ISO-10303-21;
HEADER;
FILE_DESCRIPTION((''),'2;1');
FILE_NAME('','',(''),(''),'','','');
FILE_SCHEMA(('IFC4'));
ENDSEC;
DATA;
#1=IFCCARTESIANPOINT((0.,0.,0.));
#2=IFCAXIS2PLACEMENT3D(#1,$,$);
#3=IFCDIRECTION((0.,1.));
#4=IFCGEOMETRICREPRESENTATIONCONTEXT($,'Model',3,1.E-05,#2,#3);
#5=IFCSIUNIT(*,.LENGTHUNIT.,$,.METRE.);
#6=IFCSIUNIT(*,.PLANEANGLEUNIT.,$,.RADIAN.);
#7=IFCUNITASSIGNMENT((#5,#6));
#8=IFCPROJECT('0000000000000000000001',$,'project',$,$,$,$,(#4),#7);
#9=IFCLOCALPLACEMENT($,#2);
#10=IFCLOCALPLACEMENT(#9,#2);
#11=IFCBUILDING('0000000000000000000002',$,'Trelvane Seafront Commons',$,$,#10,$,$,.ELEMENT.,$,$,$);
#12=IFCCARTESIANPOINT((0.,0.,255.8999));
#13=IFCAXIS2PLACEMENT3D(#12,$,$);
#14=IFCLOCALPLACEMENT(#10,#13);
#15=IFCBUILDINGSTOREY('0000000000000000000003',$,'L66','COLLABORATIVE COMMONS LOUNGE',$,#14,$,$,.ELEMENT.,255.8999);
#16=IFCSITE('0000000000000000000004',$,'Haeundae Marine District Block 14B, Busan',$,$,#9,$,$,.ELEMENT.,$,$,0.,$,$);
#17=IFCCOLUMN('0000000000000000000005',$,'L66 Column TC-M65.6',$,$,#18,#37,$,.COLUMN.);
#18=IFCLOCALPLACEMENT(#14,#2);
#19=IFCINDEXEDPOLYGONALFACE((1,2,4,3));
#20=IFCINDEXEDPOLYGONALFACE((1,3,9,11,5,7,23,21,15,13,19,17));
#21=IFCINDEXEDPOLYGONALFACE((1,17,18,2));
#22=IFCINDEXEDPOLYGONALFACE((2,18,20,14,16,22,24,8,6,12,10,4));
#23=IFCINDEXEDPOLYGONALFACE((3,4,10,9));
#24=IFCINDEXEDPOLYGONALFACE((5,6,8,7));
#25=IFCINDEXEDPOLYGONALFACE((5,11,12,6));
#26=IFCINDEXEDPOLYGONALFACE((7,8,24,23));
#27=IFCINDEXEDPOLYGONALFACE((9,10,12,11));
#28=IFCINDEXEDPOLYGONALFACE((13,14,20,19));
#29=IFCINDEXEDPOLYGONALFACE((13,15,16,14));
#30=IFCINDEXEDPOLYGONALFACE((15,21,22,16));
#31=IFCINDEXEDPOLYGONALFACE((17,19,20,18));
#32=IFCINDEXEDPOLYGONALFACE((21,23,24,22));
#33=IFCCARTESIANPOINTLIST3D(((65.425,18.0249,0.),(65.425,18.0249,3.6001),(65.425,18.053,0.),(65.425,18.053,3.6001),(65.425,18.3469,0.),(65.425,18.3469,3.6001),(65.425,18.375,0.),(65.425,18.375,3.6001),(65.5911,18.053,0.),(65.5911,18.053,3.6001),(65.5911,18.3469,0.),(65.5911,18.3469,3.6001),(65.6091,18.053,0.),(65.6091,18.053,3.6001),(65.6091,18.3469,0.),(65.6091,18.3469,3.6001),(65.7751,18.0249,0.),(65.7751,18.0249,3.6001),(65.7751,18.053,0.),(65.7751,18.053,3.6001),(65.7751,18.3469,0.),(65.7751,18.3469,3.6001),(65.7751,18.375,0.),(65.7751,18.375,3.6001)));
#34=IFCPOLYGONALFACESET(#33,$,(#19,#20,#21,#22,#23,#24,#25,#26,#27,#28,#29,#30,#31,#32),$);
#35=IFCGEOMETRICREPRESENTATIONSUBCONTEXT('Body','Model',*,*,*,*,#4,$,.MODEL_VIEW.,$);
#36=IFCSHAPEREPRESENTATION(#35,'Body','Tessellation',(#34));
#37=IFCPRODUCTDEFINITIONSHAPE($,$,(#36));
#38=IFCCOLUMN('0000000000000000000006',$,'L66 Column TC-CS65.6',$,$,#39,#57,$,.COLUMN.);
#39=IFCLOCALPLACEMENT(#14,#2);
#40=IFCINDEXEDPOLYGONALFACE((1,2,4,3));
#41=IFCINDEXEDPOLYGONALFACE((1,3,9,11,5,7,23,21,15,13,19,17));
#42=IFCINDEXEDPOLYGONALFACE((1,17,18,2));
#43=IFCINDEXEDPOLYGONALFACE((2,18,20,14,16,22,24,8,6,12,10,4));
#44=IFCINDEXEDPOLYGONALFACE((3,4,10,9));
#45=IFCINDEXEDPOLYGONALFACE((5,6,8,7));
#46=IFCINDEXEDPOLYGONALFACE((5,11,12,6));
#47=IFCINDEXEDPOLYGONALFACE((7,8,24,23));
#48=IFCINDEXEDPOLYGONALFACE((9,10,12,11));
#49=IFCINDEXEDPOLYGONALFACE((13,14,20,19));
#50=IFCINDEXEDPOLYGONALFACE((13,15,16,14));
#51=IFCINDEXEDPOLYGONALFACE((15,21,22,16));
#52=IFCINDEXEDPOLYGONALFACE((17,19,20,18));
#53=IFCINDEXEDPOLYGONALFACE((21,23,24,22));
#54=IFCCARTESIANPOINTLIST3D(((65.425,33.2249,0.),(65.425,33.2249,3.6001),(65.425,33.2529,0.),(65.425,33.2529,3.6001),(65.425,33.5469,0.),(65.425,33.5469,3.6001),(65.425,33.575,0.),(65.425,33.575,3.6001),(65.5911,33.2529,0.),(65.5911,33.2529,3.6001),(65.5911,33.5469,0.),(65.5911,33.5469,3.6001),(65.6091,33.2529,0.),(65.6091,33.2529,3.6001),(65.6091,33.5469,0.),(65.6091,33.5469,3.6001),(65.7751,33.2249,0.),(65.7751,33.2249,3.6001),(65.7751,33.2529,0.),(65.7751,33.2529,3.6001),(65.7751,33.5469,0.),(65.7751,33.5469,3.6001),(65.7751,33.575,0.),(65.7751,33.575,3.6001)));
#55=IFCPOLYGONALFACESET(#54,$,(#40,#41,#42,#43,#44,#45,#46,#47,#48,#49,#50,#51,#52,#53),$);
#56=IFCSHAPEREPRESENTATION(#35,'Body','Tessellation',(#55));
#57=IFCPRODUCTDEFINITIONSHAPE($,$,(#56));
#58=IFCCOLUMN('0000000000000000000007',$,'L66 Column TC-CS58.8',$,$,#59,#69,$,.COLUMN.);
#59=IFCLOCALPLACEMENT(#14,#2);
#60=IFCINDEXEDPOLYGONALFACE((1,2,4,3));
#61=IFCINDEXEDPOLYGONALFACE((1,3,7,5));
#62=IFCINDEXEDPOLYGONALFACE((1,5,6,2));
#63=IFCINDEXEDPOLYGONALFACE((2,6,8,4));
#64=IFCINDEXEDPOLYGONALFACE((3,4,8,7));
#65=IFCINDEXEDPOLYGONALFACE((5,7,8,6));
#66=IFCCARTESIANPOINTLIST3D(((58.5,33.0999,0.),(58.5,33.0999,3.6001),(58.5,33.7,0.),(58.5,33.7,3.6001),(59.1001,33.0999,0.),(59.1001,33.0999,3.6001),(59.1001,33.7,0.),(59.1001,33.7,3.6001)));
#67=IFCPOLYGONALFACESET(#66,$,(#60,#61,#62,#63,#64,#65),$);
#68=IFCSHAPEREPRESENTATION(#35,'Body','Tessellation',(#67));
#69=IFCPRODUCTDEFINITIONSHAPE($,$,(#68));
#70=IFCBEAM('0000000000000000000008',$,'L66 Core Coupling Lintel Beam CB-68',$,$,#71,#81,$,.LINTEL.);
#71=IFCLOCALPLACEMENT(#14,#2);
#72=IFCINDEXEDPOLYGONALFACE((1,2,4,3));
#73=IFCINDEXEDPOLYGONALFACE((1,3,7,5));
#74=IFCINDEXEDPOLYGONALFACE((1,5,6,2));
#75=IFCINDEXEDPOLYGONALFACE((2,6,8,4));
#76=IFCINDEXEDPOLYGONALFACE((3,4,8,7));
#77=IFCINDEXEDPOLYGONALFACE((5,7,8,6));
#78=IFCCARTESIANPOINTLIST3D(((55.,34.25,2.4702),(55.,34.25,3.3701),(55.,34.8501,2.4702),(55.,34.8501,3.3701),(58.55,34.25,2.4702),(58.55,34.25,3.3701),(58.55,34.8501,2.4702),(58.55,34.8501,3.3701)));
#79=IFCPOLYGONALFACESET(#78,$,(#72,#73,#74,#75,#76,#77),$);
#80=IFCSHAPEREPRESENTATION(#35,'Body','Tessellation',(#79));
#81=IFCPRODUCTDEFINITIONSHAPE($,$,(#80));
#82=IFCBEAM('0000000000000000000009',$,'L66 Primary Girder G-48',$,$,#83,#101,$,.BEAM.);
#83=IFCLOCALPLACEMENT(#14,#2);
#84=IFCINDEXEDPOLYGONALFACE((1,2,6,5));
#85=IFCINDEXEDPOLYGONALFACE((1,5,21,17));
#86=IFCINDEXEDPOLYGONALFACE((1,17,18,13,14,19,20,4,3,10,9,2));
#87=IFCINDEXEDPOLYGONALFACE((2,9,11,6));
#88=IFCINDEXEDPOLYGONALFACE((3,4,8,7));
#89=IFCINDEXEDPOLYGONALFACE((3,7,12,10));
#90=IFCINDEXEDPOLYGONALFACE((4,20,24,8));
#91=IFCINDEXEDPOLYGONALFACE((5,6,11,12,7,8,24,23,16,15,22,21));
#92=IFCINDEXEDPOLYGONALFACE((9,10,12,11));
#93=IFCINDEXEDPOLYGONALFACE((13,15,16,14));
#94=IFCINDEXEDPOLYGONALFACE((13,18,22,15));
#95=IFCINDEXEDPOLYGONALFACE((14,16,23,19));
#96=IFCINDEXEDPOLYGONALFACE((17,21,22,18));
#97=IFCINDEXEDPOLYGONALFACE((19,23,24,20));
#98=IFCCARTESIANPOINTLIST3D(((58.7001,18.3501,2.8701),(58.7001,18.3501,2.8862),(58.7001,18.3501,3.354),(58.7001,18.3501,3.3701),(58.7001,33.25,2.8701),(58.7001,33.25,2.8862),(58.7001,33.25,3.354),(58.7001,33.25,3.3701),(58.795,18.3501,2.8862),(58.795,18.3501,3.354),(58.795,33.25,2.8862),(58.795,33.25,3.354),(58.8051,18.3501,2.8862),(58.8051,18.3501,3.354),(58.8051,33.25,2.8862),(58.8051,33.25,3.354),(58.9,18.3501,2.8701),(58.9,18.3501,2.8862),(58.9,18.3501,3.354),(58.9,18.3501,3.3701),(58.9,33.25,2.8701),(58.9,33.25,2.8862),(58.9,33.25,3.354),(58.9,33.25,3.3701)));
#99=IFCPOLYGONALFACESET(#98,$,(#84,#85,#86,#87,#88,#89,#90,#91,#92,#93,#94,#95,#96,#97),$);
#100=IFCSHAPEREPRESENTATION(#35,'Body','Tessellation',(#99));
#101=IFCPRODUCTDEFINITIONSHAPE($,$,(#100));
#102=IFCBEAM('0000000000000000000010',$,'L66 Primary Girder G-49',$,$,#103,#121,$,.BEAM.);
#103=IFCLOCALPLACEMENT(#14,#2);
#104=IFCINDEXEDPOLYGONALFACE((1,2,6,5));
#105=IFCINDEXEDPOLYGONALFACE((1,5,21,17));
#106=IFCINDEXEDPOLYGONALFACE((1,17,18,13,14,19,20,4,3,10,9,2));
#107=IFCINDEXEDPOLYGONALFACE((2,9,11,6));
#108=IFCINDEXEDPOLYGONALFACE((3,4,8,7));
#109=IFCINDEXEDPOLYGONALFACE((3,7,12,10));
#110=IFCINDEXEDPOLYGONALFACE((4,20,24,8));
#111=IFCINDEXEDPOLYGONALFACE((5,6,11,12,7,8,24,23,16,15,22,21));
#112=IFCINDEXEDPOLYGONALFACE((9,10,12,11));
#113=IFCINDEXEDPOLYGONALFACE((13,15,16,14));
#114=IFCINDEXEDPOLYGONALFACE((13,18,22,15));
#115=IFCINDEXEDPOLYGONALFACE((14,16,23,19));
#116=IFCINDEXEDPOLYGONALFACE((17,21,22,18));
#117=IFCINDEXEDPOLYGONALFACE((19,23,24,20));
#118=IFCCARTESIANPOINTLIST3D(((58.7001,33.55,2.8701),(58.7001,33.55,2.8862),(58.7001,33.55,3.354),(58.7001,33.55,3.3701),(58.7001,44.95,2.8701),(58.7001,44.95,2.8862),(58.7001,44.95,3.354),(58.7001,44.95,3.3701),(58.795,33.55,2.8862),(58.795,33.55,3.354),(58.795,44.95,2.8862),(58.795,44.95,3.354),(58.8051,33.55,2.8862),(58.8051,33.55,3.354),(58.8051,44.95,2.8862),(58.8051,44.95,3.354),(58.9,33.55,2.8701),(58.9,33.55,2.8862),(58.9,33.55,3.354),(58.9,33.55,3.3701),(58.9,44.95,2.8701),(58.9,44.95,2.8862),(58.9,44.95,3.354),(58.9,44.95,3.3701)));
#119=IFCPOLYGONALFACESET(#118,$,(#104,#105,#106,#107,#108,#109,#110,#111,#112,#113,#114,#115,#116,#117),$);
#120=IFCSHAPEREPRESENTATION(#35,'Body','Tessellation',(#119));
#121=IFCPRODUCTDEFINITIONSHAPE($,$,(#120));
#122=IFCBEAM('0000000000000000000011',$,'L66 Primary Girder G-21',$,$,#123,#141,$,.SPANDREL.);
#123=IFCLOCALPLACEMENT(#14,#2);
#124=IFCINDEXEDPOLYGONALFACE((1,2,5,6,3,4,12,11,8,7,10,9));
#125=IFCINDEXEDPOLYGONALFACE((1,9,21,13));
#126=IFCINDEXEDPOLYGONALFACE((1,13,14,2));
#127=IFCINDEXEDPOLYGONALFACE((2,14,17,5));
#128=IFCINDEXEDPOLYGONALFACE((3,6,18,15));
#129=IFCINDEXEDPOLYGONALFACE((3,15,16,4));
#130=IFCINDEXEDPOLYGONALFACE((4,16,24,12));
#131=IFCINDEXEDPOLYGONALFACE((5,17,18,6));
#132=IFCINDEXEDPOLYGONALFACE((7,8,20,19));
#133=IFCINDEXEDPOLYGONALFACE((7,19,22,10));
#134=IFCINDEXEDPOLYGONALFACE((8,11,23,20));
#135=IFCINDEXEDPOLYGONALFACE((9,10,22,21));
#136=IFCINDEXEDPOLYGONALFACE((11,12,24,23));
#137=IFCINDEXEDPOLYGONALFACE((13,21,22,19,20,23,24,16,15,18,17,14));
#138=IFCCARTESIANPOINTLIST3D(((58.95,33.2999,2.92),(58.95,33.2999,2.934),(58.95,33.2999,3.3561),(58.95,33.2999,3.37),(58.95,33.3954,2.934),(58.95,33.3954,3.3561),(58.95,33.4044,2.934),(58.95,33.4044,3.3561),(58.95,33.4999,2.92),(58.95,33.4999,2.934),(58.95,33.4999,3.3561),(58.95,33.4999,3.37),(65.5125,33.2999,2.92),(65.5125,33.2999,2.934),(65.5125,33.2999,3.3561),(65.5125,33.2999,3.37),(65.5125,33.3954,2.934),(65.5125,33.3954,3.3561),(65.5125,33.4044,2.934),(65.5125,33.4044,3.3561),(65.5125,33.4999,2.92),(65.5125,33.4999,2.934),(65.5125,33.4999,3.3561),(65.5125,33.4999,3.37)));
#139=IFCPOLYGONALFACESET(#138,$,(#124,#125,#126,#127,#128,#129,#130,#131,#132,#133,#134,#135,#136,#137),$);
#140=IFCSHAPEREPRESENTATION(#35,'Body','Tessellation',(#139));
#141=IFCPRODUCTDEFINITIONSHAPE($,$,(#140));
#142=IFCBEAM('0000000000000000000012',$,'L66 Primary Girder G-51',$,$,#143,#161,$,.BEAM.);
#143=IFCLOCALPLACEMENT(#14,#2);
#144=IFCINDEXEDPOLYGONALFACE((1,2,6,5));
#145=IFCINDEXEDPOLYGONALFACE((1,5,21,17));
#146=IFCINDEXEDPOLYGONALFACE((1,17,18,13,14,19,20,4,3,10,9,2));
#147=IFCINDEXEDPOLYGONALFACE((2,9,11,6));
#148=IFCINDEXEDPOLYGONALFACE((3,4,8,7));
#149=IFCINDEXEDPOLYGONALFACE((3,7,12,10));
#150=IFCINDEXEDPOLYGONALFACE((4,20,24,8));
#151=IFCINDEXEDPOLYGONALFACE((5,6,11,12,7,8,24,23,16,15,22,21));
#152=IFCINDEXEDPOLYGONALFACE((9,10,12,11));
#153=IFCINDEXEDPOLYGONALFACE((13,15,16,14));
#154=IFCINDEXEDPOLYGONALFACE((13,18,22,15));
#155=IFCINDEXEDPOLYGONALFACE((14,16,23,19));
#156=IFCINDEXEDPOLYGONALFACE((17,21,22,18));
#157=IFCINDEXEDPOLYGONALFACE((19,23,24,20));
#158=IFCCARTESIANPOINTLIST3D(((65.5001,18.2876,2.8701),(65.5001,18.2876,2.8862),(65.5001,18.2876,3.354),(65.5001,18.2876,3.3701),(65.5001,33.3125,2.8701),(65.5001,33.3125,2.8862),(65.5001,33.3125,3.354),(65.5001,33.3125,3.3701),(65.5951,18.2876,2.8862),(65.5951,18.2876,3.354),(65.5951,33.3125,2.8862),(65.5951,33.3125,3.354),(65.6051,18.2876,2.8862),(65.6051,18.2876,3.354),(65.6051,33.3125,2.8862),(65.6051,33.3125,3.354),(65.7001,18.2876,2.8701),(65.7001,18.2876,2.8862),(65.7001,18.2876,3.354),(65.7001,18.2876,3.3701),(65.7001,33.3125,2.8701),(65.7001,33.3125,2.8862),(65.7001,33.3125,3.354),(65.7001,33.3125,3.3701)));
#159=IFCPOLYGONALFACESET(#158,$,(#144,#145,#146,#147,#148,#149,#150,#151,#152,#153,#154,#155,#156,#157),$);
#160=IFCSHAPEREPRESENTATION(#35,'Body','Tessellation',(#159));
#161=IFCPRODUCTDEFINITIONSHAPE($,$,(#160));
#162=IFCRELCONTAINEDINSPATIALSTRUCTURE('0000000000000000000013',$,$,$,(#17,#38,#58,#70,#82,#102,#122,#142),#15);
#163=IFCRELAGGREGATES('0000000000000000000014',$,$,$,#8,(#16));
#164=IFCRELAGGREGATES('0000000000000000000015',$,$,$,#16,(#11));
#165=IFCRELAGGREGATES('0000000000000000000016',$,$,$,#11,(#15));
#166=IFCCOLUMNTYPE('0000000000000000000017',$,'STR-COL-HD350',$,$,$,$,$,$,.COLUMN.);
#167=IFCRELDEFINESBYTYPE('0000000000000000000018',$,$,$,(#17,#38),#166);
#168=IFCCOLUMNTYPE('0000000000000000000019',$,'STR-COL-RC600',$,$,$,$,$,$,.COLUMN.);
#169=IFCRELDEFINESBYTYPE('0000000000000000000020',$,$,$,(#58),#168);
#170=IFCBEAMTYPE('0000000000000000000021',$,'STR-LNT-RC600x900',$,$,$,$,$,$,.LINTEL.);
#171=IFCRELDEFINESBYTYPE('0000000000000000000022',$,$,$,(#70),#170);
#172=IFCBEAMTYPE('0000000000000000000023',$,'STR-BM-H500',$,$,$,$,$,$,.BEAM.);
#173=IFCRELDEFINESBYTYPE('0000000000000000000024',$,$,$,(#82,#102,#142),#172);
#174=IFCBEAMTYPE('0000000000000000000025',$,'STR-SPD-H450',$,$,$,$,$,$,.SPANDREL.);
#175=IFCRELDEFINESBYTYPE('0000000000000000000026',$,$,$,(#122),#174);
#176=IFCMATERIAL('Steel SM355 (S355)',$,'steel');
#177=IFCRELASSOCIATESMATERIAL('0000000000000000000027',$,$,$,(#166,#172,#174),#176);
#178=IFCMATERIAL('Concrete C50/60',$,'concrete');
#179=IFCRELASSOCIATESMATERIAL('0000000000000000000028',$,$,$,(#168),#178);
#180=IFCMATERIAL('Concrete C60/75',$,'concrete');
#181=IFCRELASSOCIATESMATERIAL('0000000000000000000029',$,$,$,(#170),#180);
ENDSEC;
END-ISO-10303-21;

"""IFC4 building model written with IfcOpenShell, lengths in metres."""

from ifc_helpers import new_model, si_unit, direction, frame, origin, origin_2d, place, context, subcontext, project, spatial, rectangle, i_section, extrude, source, transform, mapped, material, material_profile, profile_set, type_object, element, save


model = new_model("IFC4")

# Units and contexts
model_context = context("Model", 3, precision=1e-05, world=origin(), true_north=direction((0.0, 1.0)))
body_context = subcontext(model_context, "Body", "Model", "MODEL_VIEW")
ifc_project = project(units=[si_unit("LENGTHUNIT", "METRE"), si_unit("PLANEANGLEUNIT", "RADIAN")], contexts=[model_context])

# Site, building, storey
site_placement = place(None, origin())
site = spatial("IfcSite", under=ifc_project, at=site_placement, Name="Haeundae Marine District Block 14B, Busan", CompositionType="ELEMENT", RefElevation=0.0)
building_placement = place(site_placement, origin())
building = spatial("IfcBuilding", under=site, at=building_placement, Name="Trelvane Seafront Commons", CompositionType="ELEMENT")
storey_placement = place(building_placement, frame((0.0, 0.0, 255.8999)))
storey = spatial("IfcBuildingStorey", under=building, at=storey_placement, Name="L66", Description="COLLABORATIVE COMMONS LOUNGE", CompositionType="ELEMENT", Elevation=255.8999)

# Columns
ifc_material_1 = material(Name="Steel SM355 (S355)", Category="steel")
ifc_material_profile_1 = material_profile(ifc_material_1, i_section(OverallWidth=0.3501, OverallDepth=0.3501, WebThickness=0.0181, FlangeThickness=0.0281, at=origin_2d()), Name="HD-350x350x18x28")
ifc_profile_set_1 = profile_set([ifc_material_profile_1], Name="Steel SM355 (S355)")
column_type_1 = type_object("IfcColumnType", Name="STR-COL-HD350", PredefinedType="COLUMN", material=ifc_profile_set_1)
shared_shape_1 = source(origin(), body_context, "Body", "SweptSolid", [
    extrude(i_section(OverallWidth=0.3501, OverallDepth=0.3501, WebThickness=0.0181, FlangeThickness=0.0281, at=origin_2d()), origin(), (0.0, 0.0, 1.0), 3.6001),
])
for number, where, z_axis, x_axis, name in (
    (1, (65.6001, 18.2, 0.0), (0.0, 0.0, 1.0), (1.0, 0.0, 0.0), "L66 Column TC-M65.6"),
    (2, (65.6001, 33.3999, 0.0), (0.0, 0.0, 1.0), (1.0, 0.0, 0.0), "L66 Column TC-CS65.6"),
):
    element("IfcColumn", number, at=place(storey_placement, frame(where, z_axis=z_axis, x_axis=x_axis)), inside=storey, type_object=column_type_1, Name=name, PredefinedType="COLUMN", context=body_context, shape_type="MappedRepresentation", body=[
        mapped(shared_shape_1, transform((0.0, 0.0, 0.0), x_axis=(1.0, 0.0, 0.0), y_axis=(0.0, 1.0, 0.0), z_axis=(0.0, 0.0, 1.0), scale=1.0)),
    ])
ifc_material_2 = material(Name="Concrete C50/60", Category="concrete")
ifc_material_profile_2 = material_profile(ifc_material_2, rectangle(XDim=0.6001, YDim=0.6001, at=origin_2d()), Name="RC-600x600")
ifc_profile_set_2 = profile_set([ifc_material_profile_2], Name="Concrete C50/60")
column_type_2 = type_object("IfcColumnType", Name="STR-COL-RC600", PredefinedType="COLUMN", material=ifc_profile_set_2)
shared_shape_2 = source(origin(), body_context, "Body", "SweptSolid", [
    extrude(rectangle(XDim=0.6001, YDim=0.6001, at=origin_2d()), origin(), (0.0, 0.0, 1.0), 3.6001),
])
column_placement = place(storey_placement, frame((58.8, 33.3999, 0.0), z_axis=(0.0, 0.0, 1.0), x_axis=(1.0, 0.0, 0.0)))
element("IfcColumn", 3, at=column_placement, inside=storey, type_object=column_type_2, Name="L66 Column TC-CS58.8", PredefinedType="COLUMN", context=body_context, shape_type="MappedRepresentation", body=[
    mapped(shared_shape_2, transform((0.0, 0.0, 0.0), x_axis=(1.0, 0.0, 0.0), y_axis=(0.0, 1.0, 0.0), z_axis=(0.0, 0.0, 1.0), scale=1.0)),
])

# Beams
ifc_material_3 = material(Name="Concrete C60/75", Category="concrete")
ifc_material_profile_3 = material_profile(ifc_material_3, rectangle(XDim=0.6001, YDim=0.8999, at=origin_2d()), Name="RC-600x900")
ifc_profile_set_3 = profile_set([ifc_material_profile_3], Name="Concrete C60/75")
beam_type_1 = type_object("IfcBeamType", Name="STR-LNT-RC600x900", PredefinedType="LINTEL", material=ifc_profile_set_3)
shared_shape_3 = source(origin(), body_context, "Body", "SweptSolid", [
    extrude(rectangle(XDim=0.6001, YDim=0.8999, at=origin_2d()), origin(), (0.0, 0.0, 1.0), 3.55),
])
beam_1_placement = place(storey_placement, frame((55.0, 34.55, 2.9202), z_axis=(1.0, 0.0, 0.0), x_axis=(0.0, 1.0, 0.0)))
element("IfcBeam", 4, at=beam_1_placement, inside=storey, type_object=beam_type_1, Name="L66 Core Coupling Lintel Beam CB-68", PredefinedType="LINTEL", context=body_context, shape_type="MappedRepresentation", body=[
    mapped(shared_shape_3, transform((0.0, 0.0, 0.0), x_axis=(1.0, 0.0, 0.0), y_axis=(0.0, 1.0, 0.0), z_axis=(0.0, 0.0, 1.0), scale=1.0)),
])
ifc_material_profile_4 = material_profile(ifc_material_1, i_section(OverallWidth=0.2, OverallDepth=0.5, WebThickness=0.01, FlangeThickness=0.0161, at=origin_2d()), Name="H-500x200x10x16")
ifc_profile_set_4 = profile_set([ifc_material_profile_4], Name="Steel SM355 (S355)")
beam_type_2 = type_object("IfcBeamType", Name="STR-BM-H500", PredefinedType="BEAM", material=ifc_profile_set_4)
shared_shape_4 = source(origin(), body_context, "Body", "SweptSolid", [
    extrude(i_section(OverallWidth=0.2, OverallDepth=0.5, WebThickness=0.01, FlangeThickness=0.0161, at=origin_2d()), origin(), (0.0, 0.0, 1.0), 14.8999),
])
beam_2_placement = place(storey_placement, frame((58.8, 18.3501, 3.1201), z_axis=(0.0, 1.0, 0.0), x_axis=(-1.0, 0.0, 0.0)))
element("IfcBeam", 5, at=beam_2_placement, inside=storey, type_object=beam_type_2, Name="L66 Primary Girder G-48", PredefinedType="BEAM", context=body_context, shape_type="MappedRepresentation", body=[
    mapped(shared_shape_4, transform((0.0, 0.0, 0.0), x_axis=(1.0, 0.0, 0.0), y_axis=(0.0, 1.0, 0.0), z_axis=(0.0, 0.0, 1.0), scale=1.0)),
])
shared_shape_5 = source(origin(), body_context, "Body", "SweptSolid", [
    extrude(i_section(OverallWidth=0.2, OverallDepth=0.5, WebThickness=0.01, FlangeThickness=0.0161, at=origin_2d()), origin(), (0.0, 0.0, 1.0), 11.3999),
])
beam_3_placement = place(storey_placement, frame((58.8, 33.55, 3.1201), z_axis=(0.0, 1.0, 0.0), x_axis=(-1.0, 0.0, 0.0)))
element("IfcBeam", 6, at=beam_3_placement, inside=storey, type_object=beam_type_2, Name="L66 Primary Girder G-49", PredefinedType="BEAM", context=body_context, shape_type="MappedRepresentation", body=[
    mapped(shared_shape_5, transform((0.0, 0.0, 0.0), x_axis=(1.0, 0.0, 0.0), y_axis=(0.0, 1.0, 0.0), z_axis=(0.0, 0.0, 1.0), scale=1.0)),
])
ifc_material_profile_5 = material_profile(ifc_material_1, i_section(OverallWidth=0.2, OverallDepth=0.45, WebThickness=0.009, FlangeThickness=0.0139, at=origin_2d()), Name="H-450x200x9x14")
ifc_profile_set_5 = profile_set([ifc_material_profile_5], Name="Steel SM355 (S355)")
beam_type_3 = type_object("IfcBeamType", Name="STR-SPD-H450", PredefinedType="SPANDREL", material=ifc_profile_set_5)
shared_shape_6 = source(origin(), body_context, "Body", "SweptSolid", [
    extrude(i_section(OverallWidth=0.2, OverallDepth=0.45, WebThickness=0.009, FlangeThickness=0.0139, at=origin_2d()), origin(), (0.0, 0.0, 1.0), 6.5625),
])
beam_4_placement = place(storey_placement, frame((58.95, 33.3999, 3.145), z_axis=(1.0, 0.0, 0.0), x_axis=(0.0, 1.0, 0.0)))
element("IfcBeam", 7, at=beam_4_placement, inside=storey, type_object=beam_type_3, Name="L66 Primary Girder G-21", PredefinedType="SPANDREL", context=body_context, shape_type="MappedRepresentation", body=[
    mapped(shared_shape_6, transform((0.0, 0.0, 0.0), x_axis=(1.0, 0.0, 0.0), y_axis=(0.0, 1.0, 0.0), z_axis=(0.0, 0.0, 1.0), scale=1.0)),
])
shared_shape_7 = source(origin(), body_context, "Body", "SweptSolid", [
    extrude(i_section(OverallWidth=0.2, OverallDepth=0.5, WebThickness=0.01, FlangeThickness=0.0161, at=origin_2d()), origin(), (0.0, 0.0, 1.0), 15.0249),
])
beam_5_placement = place(storey_placement, frame((65.6001, 18.2876, 3.1201), z_axis=(0.0, 1.0, 0.0), x_axis=(-1.0, 0.0, 0.0)))
element("IfcBeam", 8, at=beam_5_placement, inside=storey, type_object=beam_type_2, Name="L66 Primary Girder G-51", PredefinedType="BEAM", context=body_context, shape_type="MappedRepresentation", body=[
    mapped(shared_shape_7, transform((0.0, 0.0, 0.0), x_axis=(1.0, 0.0, 0.0), y_axis=(0.0, 1.0, 0.0), z_axis=(0.0, 0.0, 1.0), scale=1.0)),
])

save(model, "model.ifc")
